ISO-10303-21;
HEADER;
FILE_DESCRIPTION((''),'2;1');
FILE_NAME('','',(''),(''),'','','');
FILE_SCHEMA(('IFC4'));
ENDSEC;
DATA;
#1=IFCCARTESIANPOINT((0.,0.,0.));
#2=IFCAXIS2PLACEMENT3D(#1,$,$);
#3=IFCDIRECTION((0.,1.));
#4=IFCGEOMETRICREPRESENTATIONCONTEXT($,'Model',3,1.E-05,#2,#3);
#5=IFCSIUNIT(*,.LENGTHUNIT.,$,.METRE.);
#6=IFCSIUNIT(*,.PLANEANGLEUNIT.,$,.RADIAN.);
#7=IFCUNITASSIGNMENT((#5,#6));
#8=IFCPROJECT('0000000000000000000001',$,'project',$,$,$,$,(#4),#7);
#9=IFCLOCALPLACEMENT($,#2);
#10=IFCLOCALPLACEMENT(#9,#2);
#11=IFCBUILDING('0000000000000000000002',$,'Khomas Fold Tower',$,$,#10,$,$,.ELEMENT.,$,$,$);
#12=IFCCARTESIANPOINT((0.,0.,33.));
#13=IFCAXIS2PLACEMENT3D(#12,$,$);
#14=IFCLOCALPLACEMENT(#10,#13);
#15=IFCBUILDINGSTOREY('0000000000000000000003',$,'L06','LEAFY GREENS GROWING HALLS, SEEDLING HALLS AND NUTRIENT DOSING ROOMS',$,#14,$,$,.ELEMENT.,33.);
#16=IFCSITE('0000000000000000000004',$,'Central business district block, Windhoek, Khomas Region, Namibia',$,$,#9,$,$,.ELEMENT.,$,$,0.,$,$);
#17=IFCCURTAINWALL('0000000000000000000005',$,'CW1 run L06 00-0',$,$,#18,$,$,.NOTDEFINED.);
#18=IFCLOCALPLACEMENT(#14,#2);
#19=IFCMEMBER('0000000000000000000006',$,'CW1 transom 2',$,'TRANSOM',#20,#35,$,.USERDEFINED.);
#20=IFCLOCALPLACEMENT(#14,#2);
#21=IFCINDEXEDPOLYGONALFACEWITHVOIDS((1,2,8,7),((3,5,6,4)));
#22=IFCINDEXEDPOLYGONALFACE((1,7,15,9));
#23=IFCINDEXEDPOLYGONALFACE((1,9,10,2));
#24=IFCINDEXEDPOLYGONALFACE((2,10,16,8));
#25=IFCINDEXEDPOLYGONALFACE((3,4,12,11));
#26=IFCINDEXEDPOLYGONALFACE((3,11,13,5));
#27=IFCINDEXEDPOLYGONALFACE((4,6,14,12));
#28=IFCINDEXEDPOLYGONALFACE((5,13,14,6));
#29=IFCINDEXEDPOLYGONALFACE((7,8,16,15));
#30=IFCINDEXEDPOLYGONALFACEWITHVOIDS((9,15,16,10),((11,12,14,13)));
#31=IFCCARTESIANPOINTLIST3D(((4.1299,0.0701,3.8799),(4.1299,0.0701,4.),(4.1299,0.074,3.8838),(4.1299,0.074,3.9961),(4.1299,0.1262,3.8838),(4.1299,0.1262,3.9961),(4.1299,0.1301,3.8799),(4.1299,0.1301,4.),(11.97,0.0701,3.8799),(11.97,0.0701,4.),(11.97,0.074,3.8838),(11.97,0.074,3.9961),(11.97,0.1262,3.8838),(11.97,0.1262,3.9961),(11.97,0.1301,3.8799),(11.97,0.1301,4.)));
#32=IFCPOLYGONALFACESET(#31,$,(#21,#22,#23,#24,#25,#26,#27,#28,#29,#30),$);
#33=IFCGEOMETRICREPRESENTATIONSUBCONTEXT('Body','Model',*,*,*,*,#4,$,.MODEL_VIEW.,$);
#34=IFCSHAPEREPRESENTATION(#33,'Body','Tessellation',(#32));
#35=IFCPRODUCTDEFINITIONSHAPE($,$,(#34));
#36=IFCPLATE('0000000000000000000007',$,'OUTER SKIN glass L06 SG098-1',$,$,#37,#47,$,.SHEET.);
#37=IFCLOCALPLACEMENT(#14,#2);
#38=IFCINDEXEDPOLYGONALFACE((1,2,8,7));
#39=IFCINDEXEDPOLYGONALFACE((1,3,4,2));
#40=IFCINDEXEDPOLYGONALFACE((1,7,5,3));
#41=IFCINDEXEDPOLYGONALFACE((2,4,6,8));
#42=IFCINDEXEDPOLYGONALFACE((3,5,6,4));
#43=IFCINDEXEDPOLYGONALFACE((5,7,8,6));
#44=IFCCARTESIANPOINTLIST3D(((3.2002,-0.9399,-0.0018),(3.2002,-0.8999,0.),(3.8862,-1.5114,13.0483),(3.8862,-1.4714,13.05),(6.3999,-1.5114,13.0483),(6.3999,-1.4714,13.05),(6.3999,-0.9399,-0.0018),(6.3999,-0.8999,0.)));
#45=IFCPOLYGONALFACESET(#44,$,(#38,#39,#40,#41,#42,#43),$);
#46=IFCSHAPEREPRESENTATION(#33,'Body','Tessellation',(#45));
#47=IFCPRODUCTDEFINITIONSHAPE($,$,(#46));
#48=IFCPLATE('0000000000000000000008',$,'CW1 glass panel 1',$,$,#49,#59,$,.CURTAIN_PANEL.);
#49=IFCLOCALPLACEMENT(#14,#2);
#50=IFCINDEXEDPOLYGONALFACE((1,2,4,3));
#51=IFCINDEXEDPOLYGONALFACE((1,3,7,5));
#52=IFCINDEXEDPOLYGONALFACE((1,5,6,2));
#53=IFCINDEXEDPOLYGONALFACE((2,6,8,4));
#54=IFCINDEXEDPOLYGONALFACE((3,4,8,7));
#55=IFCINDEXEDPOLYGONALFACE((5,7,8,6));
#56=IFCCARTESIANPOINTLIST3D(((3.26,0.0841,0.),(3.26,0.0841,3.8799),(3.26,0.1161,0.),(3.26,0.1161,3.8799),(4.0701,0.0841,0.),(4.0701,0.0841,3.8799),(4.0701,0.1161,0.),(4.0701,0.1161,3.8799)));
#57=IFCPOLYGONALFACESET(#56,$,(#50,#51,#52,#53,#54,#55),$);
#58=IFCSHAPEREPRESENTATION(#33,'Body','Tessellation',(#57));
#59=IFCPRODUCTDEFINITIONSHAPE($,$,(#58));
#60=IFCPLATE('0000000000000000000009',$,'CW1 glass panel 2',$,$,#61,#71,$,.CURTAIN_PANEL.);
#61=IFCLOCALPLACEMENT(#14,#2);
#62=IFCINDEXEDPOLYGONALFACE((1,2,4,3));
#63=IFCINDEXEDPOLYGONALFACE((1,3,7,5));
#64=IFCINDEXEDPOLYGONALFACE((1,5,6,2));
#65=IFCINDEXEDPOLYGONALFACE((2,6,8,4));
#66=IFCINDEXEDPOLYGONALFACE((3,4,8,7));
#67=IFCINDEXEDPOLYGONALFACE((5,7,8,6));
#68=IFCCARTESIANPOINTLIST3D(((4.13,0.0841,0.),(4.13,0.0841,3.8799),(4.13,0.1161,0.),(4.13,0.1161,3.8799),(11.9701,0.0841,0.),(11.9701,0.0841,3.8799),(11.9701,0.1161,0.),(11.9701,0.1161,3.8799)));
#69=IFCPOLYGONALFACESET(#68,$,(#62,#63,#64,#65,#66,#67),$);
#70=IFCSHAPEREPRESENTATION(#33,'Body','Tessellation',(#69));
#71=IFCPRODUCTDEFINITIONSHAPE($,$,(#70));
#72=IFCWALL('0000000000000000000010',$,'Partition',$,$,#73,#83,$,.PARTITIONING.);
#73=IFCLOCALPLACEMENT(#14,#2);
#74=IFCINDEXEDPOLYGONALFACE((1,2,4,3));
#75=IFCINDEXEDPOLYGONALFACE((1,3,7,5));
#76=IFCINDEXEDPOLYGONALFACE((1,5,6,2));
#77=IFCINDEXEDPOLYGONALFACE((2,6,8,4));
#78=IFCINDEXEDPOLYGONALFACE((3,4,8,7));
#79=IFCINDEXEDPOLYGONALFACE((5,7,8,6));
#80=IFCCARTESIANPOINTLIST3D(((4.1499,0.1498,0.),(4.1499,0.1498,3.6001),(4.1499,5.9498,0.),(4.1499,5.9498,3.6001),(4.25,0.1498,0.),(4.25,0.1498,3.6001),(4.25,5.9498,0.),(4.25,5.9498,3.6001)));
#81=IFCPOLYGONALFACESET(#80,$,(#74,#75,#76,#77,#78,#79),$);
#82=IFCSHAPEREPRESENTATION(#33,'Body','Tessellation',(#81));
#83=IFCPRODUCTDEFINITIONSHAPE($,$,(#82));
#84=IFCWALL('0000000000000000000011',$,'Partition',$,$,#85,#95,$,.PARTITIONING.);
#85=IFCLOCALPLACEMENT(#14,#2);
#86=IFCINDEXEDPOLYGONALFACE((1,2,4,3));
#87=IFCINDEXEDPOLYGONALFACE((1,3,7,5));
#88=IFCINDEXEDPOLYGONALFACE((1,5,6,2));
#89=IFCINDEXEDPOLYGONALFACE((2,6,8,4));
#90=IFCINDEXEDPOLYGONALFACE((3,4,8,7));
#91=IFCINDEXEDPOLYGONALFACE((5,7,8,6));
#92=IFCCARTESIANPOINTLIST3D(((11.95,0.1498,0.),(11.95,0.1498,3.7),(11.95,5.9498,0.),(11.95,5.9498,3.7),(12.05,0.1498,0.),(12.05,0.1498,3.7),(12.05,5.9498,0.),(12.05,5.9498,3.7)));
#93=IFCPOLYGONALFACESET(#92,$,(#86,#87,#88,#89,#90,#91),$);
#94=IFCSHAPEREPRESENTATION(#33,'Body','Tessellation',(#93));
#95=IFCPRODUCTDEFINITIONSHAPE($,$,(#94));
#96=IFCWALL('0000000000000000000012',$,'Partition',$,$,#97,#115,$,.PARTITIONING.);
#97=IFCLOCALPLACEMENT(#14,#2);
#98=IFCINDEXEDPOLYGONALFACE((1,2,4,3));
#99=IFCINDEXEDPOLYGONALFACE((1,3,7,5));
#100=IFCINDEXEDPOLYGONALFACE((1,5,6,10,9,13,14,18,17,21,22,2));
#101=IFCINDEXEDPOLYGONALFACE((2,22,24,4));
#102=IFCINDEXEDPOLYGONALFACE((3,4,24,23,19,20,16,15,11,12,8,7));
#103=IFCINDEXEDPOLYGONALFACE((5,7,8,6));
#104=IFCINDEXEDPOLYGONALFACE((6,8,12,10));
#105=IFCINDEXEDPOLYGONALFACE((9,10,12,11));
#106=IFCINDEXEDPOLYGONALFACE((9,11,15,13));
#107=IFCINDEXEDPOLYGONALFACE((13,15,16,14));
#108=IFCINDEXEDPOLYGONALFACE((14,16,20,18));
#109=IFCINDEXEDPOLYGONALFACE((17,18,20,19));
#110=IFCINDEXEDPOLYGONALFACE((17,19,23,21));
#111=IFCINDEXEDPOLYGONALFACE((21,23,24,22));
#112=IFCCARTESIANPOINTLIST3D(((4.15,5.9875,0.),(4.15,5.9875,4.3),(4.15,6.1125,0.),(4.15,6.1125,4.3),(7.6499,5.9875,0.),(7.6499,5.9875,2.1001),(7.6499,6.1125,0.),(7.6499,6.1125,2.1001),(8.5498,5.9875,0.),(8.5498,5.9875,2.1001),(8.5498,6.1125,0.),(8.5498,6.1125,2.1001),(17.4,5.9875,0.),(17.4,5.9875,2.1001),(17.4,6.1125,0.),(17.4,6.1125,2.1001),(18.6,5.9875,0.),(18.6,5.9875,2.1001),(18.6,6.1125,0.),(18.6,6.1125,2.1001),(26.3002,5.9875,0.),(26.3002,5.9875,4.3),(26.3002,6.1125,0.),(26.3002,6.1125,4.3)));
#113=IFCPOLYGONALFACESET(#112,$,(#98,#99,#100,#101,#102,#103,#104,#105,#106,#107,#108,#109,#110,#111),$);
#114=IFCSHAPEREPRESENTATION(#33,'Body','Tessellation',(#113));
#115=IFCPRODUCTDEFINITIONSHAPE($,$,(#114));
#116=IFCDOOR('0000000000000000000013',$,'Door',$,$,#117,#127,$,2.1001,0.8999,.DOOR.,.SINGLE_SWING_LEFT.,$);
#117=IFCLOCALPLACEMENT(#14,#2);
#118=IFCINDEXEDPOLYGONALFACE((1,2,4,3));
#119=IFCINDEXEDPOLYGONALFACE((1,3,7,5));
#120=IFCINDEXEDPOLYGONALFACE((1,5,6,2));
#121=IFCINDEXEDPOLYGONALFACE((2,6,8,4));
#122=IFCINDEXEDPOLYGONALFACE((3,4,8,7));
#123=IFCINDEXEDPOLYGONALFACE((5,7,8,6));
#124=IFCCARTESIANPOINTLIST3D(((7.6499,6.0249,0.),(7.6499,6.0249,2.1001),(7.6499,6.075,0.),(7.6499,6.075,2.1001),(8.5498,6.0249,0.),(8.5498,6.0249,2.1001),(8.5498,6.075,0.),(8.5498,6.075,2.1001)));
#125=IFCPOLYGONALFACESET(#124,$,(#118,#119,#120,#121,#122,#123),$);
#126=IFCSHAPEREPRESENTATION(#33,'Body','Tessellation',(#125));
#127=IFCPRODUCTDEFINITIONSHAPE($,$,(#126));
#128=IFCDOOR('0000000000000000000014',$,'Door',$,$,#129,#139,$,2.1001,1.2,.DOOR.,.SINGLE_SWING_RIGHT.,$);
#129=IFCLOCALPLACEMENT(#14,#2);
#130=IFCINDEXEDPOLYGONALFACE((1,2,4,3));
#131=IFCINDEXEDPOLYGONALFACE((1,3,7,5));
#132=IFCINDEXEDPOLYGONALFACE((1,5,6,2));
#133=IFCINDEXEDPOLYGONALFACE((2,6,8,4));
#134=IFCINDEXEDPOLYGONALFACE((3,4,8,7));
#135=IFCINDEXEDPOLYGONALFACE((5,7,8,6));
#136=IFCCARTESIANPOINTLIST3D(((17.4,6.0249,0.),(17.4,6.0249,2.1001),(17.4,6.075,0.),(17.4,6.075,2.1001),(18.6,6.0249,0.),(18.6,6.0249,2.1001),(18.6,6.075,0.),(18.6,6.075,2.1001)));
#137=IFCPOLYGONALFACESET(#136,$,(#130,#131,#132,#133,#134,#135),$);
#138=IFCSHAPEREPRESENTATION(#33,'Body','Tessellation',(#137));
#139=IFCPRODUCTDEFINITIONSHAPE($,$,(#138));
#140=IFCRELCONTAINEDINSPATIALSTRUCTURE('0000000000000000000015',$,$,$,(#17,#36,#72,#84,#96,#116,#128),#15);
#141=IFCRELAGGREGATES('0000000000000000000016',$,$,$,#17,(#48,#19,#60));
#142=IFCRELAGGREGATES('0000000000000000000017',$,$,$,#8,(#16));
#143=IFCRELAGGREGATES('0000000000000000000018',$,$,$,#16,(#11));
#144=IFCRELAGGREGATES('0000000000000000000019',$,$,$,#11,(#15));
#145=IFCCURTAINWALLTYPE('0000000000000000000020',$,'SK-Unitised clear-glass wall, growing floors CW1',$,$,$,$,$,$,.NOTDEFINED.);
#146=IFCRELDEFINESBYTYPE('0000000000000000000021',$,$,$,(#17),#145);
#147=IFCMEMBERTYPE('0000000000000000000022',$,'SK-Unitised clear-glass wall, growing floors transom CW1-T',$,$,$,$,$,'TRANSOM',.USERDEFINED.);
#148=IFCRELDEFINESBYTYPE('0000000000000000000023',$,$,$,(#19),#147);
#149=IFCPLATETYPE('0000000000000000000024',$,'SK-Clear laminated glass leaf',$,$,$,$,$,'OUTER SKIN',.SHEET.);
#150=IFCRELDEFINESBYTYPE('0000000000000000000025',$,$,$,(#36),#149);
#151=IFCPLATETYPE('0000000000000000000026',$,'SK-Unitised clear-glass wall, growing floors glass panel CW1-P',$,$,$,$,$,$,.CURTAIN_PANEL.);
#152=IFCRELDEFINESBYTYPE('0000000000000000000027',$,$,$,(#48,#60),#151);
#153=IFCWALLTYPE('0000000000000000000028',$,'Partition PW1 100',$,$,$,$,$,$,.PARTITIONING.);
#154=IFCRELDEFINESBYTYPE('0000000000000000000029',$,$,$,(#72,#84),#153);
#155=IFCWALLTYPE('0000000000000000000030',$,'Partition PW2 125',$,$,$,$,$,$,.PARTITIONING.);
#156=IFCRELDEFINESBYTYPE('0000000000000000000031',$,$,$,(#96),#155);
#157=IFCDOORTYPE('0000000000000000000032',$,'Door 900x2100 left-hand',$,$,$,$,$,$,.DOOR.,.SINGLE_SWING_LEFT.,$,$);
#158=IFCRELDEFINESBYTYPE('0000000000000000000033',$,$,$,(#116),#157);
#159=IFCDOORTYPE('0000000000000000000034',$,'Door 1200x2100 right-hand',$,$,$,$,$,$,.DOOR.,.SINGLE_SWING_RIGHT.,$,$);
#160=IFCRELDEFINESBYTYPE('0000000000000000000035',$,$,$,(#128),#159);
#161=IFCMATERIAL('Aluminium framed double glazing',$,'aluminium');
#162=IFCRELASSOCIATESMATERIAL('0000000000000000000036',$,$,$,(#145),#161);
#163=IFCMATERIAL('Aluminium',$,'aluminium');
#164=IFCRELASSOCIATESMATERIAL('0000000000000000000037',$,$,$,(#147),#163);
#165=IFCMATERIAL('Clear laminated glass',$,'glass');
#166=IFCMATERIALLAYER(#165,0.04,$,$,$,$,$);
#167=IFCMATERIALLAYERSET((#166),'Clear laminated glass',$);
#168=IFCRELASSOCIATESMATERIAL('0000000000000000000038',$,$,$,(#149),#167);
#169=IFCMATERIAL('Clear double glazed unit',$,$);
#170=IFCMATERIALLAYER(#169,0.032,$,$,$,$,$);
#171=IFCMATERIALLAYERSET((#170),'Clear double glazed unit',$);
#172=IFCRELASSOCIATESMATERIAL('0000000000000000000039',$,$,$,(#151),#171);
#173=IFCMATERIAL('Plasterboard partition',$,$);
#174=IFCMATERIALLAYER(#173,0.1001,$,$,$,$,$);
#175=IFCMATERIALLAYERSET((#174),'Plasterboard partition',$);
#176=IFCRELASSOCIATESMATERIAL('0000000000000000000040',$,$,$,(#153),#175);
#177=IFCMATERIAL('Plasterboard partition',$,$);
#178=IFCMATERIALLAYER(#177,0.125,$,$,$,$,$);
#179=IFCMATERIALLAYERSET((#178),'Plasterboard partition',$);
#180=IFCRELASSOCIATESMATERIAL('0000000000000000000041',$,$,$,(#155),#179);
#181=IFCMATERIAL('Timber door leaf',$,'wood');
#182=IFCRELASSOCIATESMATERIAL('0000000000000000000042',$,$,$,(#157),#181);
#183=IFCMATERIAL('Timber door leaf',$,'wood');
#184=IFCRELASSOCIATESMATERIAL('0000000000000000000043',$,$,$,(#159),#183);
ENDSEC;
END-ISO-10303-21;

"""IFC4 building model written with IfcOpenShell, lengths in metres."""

from ifc_helpers import new_model, si_unit, direction, frame, frame_2d, origin, origin_2d, place, context, subcontext, project, spatial, polyline, rectangle, hollow_rectangle, outline, extrude, source, transform, mapped, material, layer, layer_set, material_profile, profile_set, type_object, element, fill, aggregate, save


model = new_model("IFC4")

# Units and contexts
model_context = context("Model", 3, precision=1e-05, world=origin(), true_north=direction((0.0, 1.0)))
body_context = subcontext(model_context, "Body", "Model", "MODEL_VIEW")
ifc_project = project(units=[si_unit("LENGTHUNIT", "METRE"), si_unit("PLANEANGLEUNIT", "RADIAN")], contexts=[model_context])

# Site, building, storey
site_placement = place(None, origin())
site = spatial("IfcSite", under=ifc_project, at=site_placement, Name="Central business district block, Windhoek, Khomas Region, Namibia", CompositionType="ELEMENT", RefElevation=0.0)
building_placement = place(site_placement, origin())
building = spatial("IfcBuilding", under=site, at=building_placement, Name="Khomas Fold Tower", CompositionType="ELEMENT")
storey_placement = place(building_placement, frame((0.0, 0.0, 33.0)))
storey = spatial("IfcBuildingStorey", under=building, at=storey_placement, Name="L06", Description="LEAFY GREENS GROWING HALLS, SEEDLING HALLS AND NUTRIENT DOSING ROOMS", CompositionType="ELEMENT", Elevation=33.0)

# Curtain wall, member
ifc_material_1 = material(Name="Aluminium framed double glazing", Category="aluminium")
curtain_wall_type = type_object("IfcCurtainWallType", Name="SK-Unitised clear-glass wall, growing floors CW1", PredefinedType="NOTDEFINED", material=ifc_material_1)
curtain_wall_placement = place(storey_placement, origin())
curtain_wall = element("IfcCurtainWall", 1, at=curtain_wall_placement, inside=storey, type_object=curtain_wall_type, Name="CW1 run L06 00-0", PredefinedType="NOTDEFINED")
ifc_material_2 = material(Name="Aluminium", Category="aluminium")
ifc_material_profile_1 = material_profile(ifc_material_2, hollow_rectangle(XDim=0.0601, YDim=0.1201, WallThickness=0.0039, at=origin_2d()), Name="SK-Unitised clear-glass wall, growing floors transom CW1-T")
ifc_profile_set_1 = profile_set([ifc_material_profile_1], Name="Aluminium")
member_type_1 = type_object("IfcMemberType", Name="SK-Unitised clear-glass wall, growing floors transom CW1-T", ElementType="TRANSOM", PredefinedType="USERDEFINED", material=ifc_profile_set_1)
shared_shape_1 = source(origin(), body_context, "Body", "SweptSolid", [
    extrude(hollow_rectangle(XDim=0.0601, YDim=0.1201, WallThickness=0.0039, at=origin_2d()), origin(), (0.0, 0.0, 1.0), 7.8401),
])
member_1_placement = place(storey_placement, frame((4.1299, 0.1001, 3.9399), z_axis=(1.0, 0.0, 0.0), x_axis=(0.0, 1.0, 0.0)))
member_1 = element("IfcMember", 2, at=member_1_placement, type_object=member_type_1, Name="CW1 transom 2", ObjectType="TRANSOM", PredefinedType="USERDEFINED", context=body_context, shape_type="MappedRepresentation", body=[
    mapped(shared_shape_1, transform((0.0, 0.0, 0.0))),
])

# Plates
ifc_material_3 = material(Name="Clear laminated glass", Category="glass")
ifc_layer_1 = layer(ifc_material_3, 0.04)
ifc_layer_set_1 = layer_set([ifc_layer_1], Name="Clear laminated glass")
plate_type_1 = type_object("IfcPlateType", Name="SK-Clear laminated glass leaf", ElementType="OUTER SKIN", PredefinedType="SHEET", material=ifc_layer_set_1)
plate_1_placement = place(storey_placement, frame((6.3999, -0.8999, 0.0), z_axis=(0.0, 0.999042, 0.043754), x_axis=(-1.0, 0.0, 0.0)))
element("IfcPlate", 3, at=plate_1_placement, inside=storey, type_object=plate_type_1, Name="OUTER SKIN glass L06 SG098-1", PredefinedType="SHEET", context=body_context, shape_type="SweptSolid", body=[
    extrude(outline(polyline([(0.0, 0.0), (3.1997, 0.0), (2.5137, 13.0626), (0.0, 13.0626), (0.0, 0.0)])), origin(), (0.0, 0.0, -1.0), 0.04),
])
ifc_material_4 = material(Name="Clear double glazed unit")
ifc_layer_2 = layer(ifc_material_4, 0.032)
ifc_layer_set_2 = layer_set([ifc_layer_2], Name="Clear double glazed unit")
plate_type_2 = type_object("IfcPlateType", Name="SK-Unitised clear-glass wall, growing floors glass panel CW1-P", PredefinedType="CURTAIN_PANEL", material=ifc_layer_set_2)
shared_shape_2 = source(origin(), body_context, "Body", "SweptSolid", [
    extrude(rectangle(XDim=0.8101, YDim=0.032, at=origin_2d()), origin(), (0.0, 0.0, 1.0), 3.8799),
])
plate_2_placement = place(storey_placement, frame((3.665, 0.1001, 0.0), z_axis=(0.0, 0.0, 1.0), x_axis=(1.0, 0.0, 0.0)))
plate_2 = element("IfcPlate", 4, at=plate_2_placement, type_object=plate_type_2, Name="CW1 glass panel 1", PredefinedType="CURTAIN_PANEL", context=body_context, shape_type="MappedRepresentation", body=[
    mapped(shared_shape_2, transform((0.0, 0.0, 0.0))),
])
shared_shape_3 = source(origin(), body_context, "Body", "SweptSolid", [
    extrude(rectangle(XDim=7.8401, YDim=0.032, at=origin_2d()), origin(), (0.0, 0.0, 1.0), 3.8799),
])
plate_3_placement = place(storey_placement, frame((8.05, 0.1001, 0.0), z_axis=(0.0, 0.0, 1.0), x_axis=(1.0, 0.0, 0.0)))
plate_3 = element("IfcPlate", 5, at=plate_3_placement, type_object=plate_type_2, Name="CW1 glass panel 2", PredefinedType="CURTAIN_PANEL", context=body_context, shape_type="MappedRepresentation", body=[
    mapped(shared_shape_3, transform((0.0, 0.0, 0.0))),
])
aggregate(curtain_wall, [plate_2, member_1, plate_3])

# Walls
ifc_material_5 = material(Name="Plasterboard partition")
ifc_layer_3 = layer(ifc_material_5, 0.1001)
ifc_layer_set_3 = layer_set([ifc_layer_3], Name="Plasterboard partition")
wall_type_1 = type_object("IfcWallType", Name="Partition PW1 100", PredefinedType="PARTITIONING", material=ifc_layer_set_3)
shared_shape_4 = source(origin(), body_context, "Body", "SweptSolid", [
    extrude(rectangle(XDim=5.8, YDim=0.1001, at=frame_2d((2.8999, 0.0))), origin(), (0.0, 0.0, 1.0), 3.6001),
])
wall_1_placement = place(storey_placement, frame((4.2, 0.1499, 0.0), z_axis=(0.0, 0.0, 1.0), x_axis=(0.0, 1.0, 0.0)))
element("IfcWall", 6, at=wall_1_placement, inside=storey, type_object=wall_type_1, Name="Partition", PredefinedType="PARTITIONING", context=body_context, shape_type="MappedRepresentation", body=[
    mapped(shared_shape_4, transform((0.0, 0.0, 0.0))),
])
shared_shape_5 = source(origin(), body_context, "Body", "SweptSolid", [
    extrude(rectangle(XDim=5.8, YDim=0.1001, at=frame_2d((2.8999, 0.0))), origin(), (0.0, 0.0, 1.0), 3.7),
])
wall_2_placement = place(storey_placement, frame((12.0, 0.1499, 0.0), z_axis=(0.0, 0.0, 1.0), x_axis=(0.0, 1.0, 0.0)))
element("IfcWall", 7, at=wall_2_placement, inside=storey, type_object=wall_type_1, Name="Partition", PredefinedType="PARTITIONING", context=body_context, shape_type="MappedRepresentation", body=[
    mapped(shared_shape_5, transform((0.0, 0.0, 0.0))),
])

# Wall, openings, doors
ifc_material_6 = material(Name="Plasterboard partition")
ifc_layer_4 = layer(ifc_material_6, 0.125)
ifc_layer_set_4 = layer_set([ifc_layer_4], Name="Plasterboard partition")
wall_type_2 = type_object("IfcWallType", Name="Partition PW2 125", PredefinedType="PARTITIONING", material=ifc_layer_set_4)
shared_shape_6 = source(origin(), body_context, "Body", "SweptSolid", [
    extrude(rectangle(XDim=22.1501, YDim=0.125, at=frame_2d((11.0752, 0.0))), origin(), (0.0, 0.0, 1.0), 4.3),
])
wall_3_placement = place(storey_placement, frame((4.1499, 6.05, 0.0), z_axis=(0.0, 0.0, 1.0), x_axis=(1.0, 0.0, 0.0)))
wall_3 = element("IfcWall", 8, at=wall_3_placement, inside=storey, type_object=wall_type_2, Name="Partition", PredefinedType="PARTITIONING", context=body_context, shape_type="MappedRepresentation", body=[
    mapped(shared_shape_6, transform((0.0, 0.0, 0.0))),
])
shared_shape_7 = source(origin(), body_context, "Body", "SweptSolid", [
    extrude(rectangle(XDim=0.8999, YDim=2.1001, at=frame_2d((0.45, 1.05))), frame((0.0, 0.0725, 0.0), z_axis=(0.0, -1.0, 0.0), x_axis=(1.0, 0.0, 0.0)), (0.0, 0.0, 1.0), 0.145),
])
opening_1_placement = place(wall_3_placement, frame((3.5, 0.0, 0.0)))
opening_1 = element("IfcOpeningElement", 9, at=opening_1_placement, cuts=wall_3, PredefinedType="OPENING", context=body_context, shape_type="MappedRepresentation", body=[
    mapped(shared_shape_7, transform((0.0, 0.0, 0.0))),
])
shared_shape_8 = source(origin(), body_context, "Body", "SweptSolid", [
    extrude(rectangle(XDim=1.2, YDim=2.1001, at=frame_2d((0.6001, 1.05))), frame((0.0, 0.0725, 0.0), z_axis=(0.0, -1.0, 0.0), x_axis=(1.0, 0.0, 0.0)), (0.0, 0.0, 1.0), 0.145),
])
opening_2_placement = place(wall_3_placement, frame((13.25, 0.0, 0.0)))
opening_2 = element("IfcOpeningElement", 10, at=opening_2_placement, cuts=wall_3, PredefinedType="OPENING", context=body_context, shape_type="MappedRepresentation", body=[
    mapped(shared_shape_8, transform((0.0, 0.0, 0.0))),
])
ifc_material_7 = material(Name="Timber door leaf", Category="wood")
door_type_1 = type_object("IfcDoorType", Name="Door 900x2100 left-hand", OperationType="SINGLE_SWING_LEFT", PredefinedType="DOOR", material=ifc_material_7)
shared_shape_9 = source(origin(), body_context, "Body", "SweptSolid", [
    extrude(rectangle(XDim=0.8999, YDim=2.1001, at=frame_2d((0.45, 1.05))), frame((0.0, 0.0249, 0.0), z_axis=(0.0, -1.0, 0.0), x_axis=(1.0, 0.0, 0.0)), (0.0, 0.0, 1.0), 0.05),
])
door_1_placement = place(opening_1_placement, origin())
door_1 = element("IfcDoor", 11, at=door_1_placement, inside=storey, type_object=door_type_1, Name="Door", OperationType="SINGLE_SWING_LEFT", OverallHeight=2.1001, OverallWidth=0.8999, PredefinedType="DOOR", context=body_context, shape_type="MappedRepresentation", body=[
    mapped(shared_shape_9, transform((0.0, 0.0, 0.0))),
])
fill(opening_1, door_1)
ifc_material_8 = material(Name="Timber door leaf", Category="wood")
door_type_2 = type_object("IfcDoorType", Name="Door 1200x2100 right-hand", OperationType="SINGLE_SWING_RIGHT", PredefinedType="DOOR", material=ifc_material_8)
shared_shape_10 = source(origin(), body_context, "Body", "SweptSolid", [
    extrude(rectangle(XDim=1.2, YDim=2.1001, at=frame_2d((0.6001, 1.05))), frame((0.0, 0.0249, 0.0), z_axis=(0.0, -1.0, 0.0), x_axis=(1.0, 0.0, 0.0)), (0.0, 0.0, 1.0), 0.05),
])
door_2_placement = place(opening_2_placement, origin())
door_2 = element("IfcDoor", 12, at=door_2_placement, inside=storey, type_object=door_type_2, Name="Door", OperationType="SINGLE_SWING_RIGHT", OverallHeight=2.1001, OverallWidth=1.2, PredefinedType="DOOR", context=body_context, shape_type="MappedRepresentation", body=[
    mapped(shared_shape_10, transform((0.0, 0.0, 0.0))),
])
fill(opening_2, door_2)

save(model, "model.ifc")
